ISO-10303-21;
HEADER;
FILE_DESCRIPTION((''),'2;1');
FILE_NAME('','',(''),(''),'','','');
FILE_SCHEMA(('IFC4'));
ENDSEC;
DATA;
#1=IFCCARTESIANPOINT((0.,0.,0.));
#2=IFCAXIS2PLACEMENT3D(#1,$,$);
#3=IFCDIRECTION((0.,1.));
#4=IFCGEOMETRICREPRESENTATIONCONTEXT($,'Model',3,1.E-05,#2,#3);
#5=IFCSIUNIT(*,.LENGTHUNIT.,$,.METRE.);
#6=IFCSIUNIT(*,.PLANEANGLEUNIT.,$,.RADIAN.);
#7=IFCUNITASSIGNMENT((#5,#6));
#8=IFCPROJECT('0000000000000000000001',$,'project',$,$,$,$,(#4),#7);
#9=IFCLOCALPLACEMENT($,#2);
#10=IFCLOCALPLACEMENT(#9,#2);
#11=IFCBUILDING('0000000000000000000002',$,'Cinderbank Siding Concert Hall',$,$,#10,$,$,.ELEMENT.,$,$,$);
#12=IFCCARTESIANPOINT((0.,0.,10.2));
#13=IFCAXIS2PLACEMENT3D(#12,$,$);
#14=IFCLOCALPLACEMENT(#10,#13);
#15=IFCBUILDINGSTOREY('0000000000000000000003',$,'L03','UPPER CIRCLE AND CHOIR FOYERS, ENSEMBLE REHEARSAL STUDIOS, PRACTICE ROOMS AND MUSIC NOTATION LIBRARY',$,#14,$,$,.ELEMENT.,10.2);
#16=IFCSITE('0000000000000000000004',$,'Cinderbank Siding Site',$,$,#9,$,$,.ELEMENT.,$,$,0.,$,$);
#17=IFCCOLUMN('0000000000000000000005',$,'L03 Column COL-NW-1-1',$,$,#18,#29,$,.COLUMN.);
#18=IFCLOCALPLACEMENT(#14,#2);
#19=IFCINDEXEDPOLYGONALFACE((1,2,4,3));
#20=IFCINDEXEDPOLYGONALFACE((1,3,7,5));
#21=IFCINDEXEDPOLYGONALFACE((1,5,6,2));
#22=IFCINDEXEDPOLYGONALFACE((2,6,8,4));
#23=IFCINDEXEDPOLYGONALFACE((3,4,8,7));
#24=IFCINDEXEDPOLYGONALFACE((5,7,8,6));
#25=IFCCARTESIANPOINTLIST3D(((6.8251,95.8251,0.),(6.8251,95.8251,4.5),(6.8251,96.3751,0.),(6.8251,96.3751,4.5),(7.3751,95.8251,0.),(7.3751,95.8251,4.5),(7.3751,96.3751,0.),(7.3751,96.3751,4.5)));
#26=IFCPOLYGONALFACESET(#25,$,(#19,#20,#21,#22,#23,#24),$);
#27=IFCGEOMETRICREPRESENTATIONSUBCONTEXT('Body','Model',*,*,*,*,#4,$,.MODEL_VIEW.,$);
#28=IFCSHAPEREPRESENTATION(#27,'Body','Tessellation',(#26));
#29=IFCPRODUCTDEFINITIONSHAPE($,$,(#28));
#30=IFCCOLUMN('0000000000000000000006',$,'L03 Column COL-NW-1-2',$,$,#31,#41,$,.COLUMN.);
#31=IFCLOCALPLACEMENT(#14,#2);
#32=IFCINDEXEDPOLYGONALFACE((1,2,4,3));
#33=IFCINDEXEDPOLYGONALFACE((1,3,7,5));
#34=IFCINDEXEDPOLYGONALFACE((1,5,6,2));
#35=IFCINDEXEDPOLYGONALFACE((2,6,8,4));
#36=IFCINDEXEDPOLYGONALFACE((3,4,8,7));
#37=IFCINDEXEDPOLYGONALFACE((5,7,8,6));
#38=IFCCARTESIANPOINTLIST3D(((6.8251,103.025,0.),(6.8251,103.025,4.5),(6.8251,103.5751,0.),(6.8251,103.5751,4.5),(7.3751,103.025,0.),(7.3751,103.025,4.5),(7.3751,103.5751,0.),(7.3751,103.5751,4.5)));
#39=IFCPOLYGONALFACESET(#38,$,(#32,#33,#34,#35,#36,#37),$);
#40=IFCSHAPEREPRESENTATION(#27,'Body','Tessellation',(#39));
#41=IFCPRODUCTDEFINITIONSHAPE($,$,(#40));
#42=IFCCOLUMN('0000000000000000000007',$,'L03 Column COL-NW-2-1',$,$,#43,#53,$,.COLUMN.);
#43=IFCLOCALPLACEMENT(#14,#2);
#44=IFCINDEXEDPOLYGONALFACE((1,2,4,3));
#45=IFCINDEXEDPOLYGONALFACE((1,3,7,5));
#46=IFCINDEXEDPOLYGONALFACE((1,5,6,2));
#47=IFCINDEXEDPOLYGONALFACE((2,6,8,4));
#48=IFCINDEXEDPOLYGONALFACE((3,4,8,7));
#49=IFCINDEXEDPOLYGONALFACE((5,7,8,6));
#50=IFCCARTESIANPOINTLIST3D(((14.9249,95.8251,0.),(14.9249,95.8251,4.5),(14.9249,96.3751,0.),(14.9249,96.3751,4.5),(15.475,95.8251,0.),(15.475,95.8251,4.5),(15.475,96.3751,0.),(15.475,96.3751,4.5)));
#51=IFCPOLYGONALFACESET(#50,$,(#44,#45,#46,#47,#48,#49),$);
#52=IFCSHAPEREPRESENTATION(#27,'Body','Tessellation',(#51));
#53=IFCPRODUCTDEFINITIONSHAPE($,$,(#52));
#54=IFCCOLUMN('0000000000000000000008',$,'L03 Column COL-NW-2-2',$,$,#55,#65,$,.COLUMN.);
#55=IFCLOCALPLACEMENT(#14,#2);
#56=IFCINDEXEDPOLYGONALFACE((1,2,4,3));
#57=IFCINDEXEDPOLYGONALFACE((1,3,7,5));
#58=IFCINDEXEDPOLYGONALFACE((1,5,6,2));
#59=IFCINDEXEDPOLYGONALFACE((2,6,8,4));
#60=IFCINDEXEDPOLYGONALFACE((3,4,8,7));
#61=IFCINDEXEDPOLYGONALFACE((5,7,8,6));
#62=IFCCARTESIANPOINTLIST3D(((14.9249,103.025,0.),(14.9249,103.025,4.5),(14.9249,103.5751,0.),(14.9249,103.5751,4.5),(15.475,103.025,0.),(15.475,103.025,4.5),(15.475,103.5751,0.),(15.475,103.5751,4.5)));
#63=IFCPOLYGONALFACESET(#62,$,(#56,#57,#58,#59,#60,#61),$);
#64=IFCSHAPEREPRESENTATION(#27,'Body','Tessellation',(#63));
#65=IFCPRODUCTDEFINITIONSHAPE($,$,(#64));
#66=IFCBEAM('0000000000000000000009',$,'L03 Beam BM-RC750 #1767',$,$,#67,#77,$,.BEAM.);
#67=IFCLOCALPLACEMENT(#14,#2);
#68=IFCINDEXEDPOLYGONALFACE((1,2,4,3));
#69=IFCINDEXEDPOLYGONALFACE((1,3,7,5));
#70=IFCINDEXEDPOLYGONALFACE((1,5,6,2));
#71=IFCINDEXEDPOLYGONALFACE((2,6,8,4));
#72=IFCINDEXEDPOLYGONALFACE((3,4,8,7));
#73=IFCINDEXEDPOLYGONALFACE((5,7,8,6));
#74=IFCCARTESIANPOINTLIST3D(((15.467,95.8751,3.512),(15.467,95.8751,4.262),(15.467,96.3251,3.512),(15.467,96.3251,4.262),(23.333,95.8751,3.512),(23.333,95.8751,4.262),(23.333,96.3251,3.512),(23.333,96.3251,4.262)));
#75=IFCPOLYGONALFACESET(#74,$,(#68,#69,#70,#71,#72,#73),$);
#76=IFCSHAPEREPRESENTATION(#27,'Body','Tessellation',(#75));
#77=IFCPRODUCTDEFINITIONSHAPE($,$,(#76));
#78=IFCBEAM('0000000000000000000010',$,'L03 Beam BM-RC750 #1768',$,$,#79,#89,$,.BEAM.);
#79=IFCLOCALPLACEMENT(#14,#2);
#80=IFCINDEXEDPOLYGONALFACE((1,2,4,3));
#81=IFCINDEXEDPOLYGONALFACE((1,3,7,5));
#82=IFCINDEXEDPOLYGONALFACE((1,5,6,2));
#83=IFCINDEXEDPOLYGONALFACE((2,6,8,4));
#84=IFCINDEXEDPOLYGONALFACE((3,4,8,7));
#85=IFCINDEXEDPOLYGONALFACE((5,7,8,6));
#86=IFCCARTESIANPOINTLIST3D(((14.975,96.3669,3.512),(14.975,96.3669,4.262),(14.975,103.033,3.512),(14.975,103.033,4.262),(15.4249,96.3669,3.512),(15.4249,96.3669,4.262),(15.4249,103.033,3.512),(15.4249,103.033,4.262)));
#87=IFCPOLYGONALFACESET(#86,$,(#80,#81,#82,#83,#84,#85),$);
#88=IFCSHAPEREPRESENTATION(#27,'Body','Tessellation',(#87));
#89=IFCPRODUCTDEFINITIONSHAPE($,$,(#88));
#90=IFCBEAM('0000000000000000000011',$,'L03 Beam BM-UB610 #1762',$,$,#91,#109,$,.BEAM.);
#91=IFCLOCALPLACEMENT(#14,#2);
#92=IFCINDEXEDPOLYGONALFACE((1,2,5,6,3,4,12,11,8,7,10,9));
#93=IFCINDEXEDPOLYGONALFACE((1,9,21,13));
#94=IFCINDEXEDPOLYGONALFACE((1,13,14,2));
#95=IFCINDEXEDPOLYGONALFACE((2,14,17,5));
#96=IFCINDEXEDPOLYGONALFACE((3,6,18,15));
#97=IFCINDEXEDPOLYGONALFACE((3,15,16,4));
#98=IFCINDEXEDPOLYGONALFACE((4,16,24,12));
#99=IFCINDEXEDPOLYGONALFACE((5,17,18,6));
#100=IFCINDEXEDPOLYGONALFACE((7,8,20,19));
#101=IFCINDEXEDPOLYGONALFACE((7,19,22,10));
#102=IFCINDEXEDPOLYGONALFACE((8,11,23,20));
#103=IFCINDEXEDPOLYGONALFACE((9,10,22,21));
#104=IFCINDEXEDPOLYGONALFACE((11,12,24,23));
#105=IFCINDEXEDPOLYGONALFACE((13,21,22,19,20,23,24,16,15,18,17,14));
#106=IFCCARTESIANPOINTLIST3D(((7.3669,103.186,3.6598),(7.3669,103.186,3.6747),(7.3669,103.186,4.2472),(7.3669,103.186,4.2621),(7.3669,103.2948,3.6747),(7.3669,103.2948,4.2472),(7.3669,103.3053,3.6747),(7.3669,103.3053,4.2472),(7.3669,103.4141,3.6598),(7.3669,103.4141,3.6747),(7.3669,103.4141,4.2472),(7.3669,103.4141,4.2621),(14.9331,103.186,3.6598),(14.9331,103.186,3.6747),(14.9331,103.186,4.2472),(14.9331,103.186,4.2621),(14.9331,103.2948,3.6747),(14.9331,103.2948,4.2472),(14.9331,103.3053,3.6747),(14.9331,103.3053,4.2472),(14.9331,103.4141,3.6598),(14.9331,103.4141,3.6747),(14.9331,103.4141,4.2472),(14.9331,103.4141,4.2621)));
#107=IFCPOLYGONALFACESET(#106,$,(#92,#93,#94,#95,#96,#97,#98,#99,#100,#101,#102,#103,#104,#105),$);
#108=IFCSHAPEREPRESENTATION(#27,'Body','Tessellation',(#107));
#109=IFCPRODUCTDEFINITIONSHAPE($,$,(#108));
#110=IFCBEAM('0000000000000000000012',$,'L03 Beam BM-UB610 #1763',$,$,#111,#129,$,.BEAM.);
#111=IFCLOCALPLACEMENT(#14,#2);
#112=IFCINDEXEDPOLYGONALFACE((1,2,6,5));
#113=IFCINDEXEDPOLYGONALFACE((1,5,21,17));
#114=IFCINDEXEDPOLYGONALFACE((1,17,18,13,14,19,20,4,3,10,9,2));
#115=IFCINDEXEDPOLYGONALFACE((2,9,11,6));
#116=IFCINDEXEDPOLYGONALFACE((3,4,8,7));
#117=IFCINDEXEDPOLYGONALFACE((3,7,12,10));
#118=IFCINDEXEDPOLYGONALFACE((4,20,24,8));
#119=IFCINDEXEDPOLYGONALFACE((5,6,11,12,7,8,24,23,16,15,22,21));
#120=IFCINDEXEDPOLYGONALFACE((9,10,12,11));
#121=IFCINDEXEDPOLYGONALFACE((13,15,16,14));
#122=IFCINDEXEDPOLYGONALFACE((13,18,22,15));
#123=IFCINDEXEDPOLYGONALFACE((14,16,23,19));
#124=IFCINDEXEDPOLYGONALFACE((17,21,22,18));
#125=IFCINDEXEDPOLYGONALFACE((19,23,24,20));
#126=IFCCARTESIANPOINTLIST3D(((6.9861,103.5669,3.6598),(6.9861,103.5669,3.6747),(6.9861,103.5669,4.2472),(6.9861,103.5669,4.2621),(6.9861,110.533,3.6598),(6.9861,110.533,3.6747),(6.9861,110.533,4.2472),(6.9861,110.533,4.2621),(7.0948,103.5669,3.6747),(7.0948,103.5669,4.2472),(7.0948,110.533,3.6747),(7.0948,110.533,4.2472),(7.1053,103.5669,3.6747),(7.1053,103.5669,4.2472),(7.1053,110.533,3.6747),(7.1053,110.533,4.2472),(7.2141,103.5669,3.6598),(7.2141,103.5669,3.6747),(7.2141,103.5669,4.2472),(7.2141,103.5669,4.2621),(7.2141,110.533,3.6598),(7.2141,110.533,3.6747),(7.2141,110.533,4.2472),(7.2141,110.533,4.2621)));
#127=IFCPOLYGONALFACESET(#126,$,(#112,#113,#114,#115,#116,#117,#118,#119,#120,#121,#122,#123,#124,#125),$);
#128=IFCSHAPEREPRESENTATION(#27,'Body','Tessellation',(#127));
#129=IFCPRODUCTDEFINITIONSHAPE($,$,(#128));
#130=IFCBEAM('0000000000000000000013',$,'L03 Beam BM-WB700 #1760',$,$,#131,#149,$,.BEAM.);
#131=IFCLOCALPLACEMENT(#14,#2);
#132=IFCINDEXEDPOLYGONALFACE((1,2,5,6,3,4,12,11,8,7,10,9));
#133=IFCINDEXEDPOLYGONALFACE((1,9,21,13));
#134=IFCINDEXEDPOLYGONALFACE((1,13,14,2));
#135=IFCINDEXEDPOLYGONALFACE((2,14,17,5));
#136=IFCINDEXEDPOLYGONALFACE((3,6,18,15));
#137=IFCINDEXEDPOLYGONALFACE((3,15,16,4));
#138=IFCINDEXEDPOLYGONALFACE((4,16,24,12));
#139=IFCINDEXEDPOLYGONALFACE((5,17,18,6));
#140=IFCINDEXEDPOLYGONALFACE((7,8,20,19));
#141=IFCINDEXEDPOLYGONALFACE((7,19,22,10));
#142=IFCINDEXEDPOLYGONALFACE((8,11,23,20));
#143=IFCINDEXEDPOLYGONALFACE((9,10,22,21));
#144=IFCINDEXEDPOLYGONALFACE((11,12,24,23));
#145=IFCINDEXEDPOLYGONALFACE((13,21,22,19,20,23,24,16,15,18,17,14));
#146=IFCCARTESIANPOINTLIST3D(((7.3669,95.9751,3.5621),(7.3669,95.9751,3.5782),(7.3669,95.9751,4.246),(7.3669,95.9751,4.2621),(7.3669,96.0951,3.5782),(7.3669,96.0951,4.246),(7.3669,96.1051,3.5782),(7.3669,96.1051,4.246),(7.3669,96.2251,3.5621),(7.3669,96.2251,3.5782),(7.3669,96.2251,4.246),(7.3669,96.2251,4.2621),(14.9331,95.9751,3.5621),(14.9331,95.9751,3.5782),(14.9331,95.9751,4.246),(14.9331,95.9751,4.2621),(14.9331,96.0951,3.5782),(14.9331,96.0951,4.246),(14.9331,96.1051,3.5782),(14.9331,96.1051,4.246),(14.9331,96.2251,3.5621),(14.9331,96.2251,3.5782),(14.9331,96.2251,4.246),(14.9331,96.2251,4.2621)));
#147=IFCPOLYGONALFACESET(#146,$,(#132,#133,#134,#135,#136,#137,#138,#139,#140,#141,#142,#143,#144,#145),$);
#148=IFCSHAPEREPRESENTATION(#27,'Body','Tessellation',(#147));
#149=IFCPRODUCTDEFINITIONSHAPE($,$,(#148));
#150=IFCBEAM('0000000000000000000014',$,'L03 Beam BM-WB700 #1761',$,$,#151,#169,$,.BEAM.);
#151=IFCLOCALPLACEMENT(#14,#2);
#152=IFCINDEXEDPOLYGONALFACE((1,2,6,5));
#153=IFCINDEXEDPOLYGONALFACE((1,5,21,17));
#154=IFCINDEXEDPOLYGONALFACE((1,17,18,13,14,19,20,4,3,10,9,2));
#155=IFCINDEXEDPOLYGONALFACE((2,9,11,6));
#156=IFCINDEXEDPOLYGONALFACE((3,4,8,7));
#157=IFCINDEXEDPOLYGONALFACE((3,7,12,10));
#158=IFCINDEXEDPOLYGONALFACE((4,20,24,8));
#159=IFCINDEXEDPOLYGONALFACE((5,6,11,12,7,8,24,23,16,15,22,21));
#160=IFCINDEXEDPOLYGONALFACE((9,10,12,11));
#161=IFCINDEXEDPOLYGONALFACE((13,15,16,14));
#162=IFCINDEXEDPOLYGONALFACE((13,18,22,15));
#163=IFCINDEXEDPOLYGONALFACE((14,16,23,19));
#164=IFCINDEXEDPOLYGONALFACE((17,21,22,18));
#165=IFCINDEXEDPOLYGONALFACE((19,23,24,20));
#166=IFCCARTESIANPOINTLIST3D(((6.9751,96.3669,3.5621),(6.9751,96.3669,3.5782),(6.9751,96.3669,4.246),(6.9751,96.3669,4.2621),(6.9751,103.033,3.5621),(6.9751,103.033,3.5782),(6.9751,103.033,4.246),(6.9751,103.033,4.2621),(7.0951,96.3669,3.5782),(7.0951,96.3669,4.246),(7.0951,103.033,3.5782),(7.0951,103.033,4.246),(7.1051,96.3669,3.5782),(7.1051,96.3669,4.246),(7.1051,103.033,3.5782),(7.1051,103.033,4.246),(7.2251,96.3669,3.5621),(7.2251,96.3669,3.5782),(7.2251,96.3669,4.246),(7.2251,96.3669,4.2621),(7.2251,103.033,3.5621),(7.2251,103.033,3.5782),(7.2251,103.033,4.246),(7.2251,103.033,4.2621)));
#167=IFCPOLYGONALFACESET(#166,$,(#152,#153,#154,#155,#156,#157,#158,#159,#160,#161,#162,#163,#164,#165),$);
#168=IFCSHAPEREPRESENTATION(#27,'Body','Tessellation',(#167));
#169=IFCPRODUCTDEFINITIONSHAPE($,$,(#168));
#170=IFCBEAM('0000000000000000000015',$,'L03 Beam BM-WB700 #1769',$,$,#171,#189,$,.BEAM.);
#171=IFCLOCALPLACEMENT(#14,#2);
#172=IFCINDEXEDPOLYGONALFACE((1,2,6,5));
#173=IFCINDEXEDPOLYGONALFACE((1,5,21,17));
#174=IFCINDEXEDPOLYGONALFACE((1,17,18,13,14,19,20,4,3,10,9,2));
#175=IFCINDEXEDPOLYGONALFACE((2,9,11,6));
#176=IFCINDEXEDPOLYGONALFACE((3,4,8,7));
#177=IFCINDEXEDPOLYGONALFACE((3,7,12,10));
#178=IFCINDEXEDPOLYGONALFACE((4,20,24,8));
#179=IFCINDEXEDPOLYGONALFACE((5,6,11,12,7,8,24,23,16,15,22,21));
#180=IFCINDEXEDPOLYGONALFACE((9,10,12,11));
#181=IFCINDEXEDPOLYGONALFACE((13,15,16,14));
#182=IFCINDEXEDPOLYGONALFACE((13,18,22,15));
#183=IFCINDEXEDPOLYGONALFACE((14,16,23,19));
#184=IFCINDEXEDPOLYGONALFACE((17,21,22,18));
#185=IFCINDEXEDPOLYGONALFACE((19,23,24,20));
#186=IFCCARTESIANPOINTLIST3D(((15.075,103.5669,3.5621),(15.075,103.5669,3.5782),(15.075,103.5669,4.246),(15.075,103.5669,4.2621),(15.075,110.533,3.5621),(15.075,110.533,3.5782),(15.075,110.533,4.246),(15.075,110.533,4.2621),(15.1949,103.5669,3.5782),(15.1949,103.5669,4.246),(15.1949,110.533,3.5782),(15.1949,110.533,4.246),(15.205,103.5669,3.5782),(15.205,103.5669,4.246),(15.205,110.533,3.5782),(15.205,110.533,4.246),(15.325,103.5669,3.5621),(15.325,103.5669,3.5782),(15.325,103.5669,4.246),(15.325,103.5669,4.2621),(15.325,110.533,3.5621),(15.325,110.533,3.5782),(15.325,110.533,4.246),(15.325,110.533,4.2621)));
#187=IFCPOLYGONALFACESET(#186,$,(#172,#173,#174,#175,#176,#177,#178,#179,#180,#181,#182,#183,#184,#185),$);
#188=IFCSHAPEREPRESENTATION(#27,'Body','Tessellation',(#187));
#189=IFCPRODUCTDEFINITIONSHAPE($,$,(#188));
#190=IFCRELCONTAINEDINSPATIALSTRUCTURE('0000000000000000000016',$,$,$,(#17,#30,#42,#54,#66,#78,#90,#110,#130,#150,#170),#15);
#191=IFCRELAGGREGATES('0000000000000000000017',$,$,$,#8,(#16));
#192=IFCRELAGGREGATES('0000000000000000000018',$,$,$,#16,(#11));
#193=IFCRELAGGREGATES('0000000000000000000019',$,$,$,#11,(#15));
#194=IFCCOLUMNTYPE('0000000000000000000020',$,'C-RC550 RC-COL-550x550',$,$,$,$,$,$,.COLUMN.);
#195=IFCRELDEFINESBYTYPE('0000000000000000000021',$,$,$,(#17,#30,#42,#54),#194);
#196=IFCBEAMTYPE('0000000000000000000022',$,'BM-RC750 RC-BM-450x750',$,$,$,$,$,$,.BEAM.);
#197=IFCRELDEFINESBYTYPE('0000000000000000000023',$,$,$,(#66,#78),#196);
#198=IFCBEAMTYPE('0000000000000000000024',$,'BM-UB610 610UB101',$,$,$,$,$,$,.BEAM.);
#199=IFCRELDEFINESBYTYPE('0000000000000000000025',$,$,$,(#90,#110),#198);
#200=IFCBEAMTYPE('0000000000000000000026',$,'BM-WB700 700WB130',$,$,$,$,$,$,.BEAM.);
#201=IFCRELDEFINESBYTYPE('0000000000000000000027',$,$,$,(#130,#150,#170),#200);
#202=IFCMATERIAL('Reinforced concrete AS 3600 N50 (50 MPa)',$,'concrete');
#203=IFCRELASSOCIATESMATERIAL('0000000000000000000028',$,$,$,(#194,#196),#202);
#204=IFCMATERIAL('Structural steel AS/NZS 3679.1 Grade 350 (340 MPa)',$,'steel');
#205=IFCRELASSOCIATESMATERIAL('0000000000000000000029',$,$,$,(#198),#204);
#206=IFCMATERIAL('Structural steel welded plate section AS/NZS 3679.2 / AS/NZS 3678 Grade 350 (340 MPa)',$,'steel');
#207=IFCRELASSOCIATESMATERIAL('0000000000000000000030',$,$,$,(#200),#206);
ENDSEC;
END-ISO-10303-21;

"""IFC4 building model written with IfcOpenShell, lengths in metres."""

from ifc_helpers import new_model, si_unit, direction, frame, origin, origin_2d, place, context, subcontext, project, spatial, rectangle, i_section, extrude, material, material_profile, profile_set, type_object, element, save


model = new_model("IFC4")

# Units and contexts
model_context = context("Model", 3, precision=1e-05, world=origin(), true_north=direction((0.0, 1.0)))
body_context = subcontext(model_context, "Body", "Model", "MODEL_VIEW")
ifc_project = project(units=[si_unit("LENGTHUNIT", "METRE"), si_unit("PLANEANGLEUNIT", "RADIAN")], contexts=[model_context])

# Site, building, storey
site_placement = place(None, origin())
site = spatial("IfcSite", under=ifc_project, at=site_placement, Name="Cinderbank Siding Site", CompositionType="ELEMENT", RefElevation=0.0)
building_placement = place(site_placement, origin())
building = spatial("IfcBuilding", under=site, at=building_placement, Name="Cinderbank Siding Concert Hall", CompositionType="ELEMENT")
storey_placement = place(building_placement, frame((0.0, 0.0, 10.2)))
storey = spatial("IfcBuildingStorey", under=building, at=storey_placement, Name="L03", Description="UPPER CIRCLE AND CHOIR FOYERS, ENSEMBLE REHEARSAL STUDIOS, PRACTICE ROOMS AND MUSIC NOTATION LIBRARY", CompositionType="ELEMENT", Elevation=10.2)

# Columns
ifc_material_1 = material(Name="Reinforced concrete AS 3600 N50 (50 MPa)", Category="concrete")
ifc_material_profile_1 = material_profile(ifc_material_1, rectangle(XDim=0.55, YDim=0.55, at=origin_2d()), Name="RC-COL-550x550", Category="LoadBearing")
ifc_profile_set_1 = profile_set([ifc_material_profile_1], Name="Reinforced concrete AS 3600 N50 (50 MPa)")
column_type = type_object("IfcColumnType", Name="C-RC550 RC-COL-550x550", PredefinedType="COLUMN", material=ifc_profile_set_1)
for number, where, z_axis, x_axis, name in (
    (1, (7.1001, 96.1001, 0.0), (0.0, 0.0, 1.0), (1.0, 0.0, 0.0), "L03 Column COL-NW-1-1"),
    (2, (7.1001, 103.3, 0.0), (0.0, 0.0, 1.0), (1.0, 0.0, 0.0), "L03 Column COL-NW-1-2"),
    (3, (15.2, 96.1001, 0.0), (0.0, 0.0, 1.0), (1.0, 0.0, 0.0), "L03 Column COL-NW-2-1"),
    (4, (15.2, 103.3, 0.0), (0.0, 0.0, 1.0), (1.0, 0.0, 0.0), "L03 Column COL-NW-2-2"),
):
    element("IfcColumn", number, at=place(storey_placement, frame(where, z_axis=z_axis, x_axis=x_axis)), inside=storey, type_object=column_type, Name=name, PredefinedType="COLUMN", context=body_context, shape_type="SweptSolid", body=[
        extrude(rectangle(XDim=0.55, YDim=0.55, at=origin_2d()), origin(), (0.0, 0.0, 1.0), 4.5),
    ])

# Beams
ifc_material_profile_2 = material_profile(ifc_material_1, rectangle(XDim=0.45, YDim=0.75, at=origin_2d()), Name="RC-BM-450x750", Category="LoadBearing")
ifc_profile_set_2 = profile_set([ifc_material_profile_2], Name="Reinforced concrete AS 3600 N50 (50 MPa)")
beam_type_1 = type_object("IfcBeamType", Name="BM-RC750 RC-BM-450x750", PredefinedType="BEAM", material=ifc_profile_set_2)
beam_1_placement = place(storey_placement, frame((15.467, 96.1001, 3.887), z_axis=(1.0, 0.0, 0.0), x_axis=(0.0, 1.0, 0.0)))
element("IfcBeam", 5, at=beam_1_placement, inside=storey, type_object=beam_type_1, Name="L03 Beam BM-RC750 #1767", PredefinedType="BEAM", context=body_context, shape_type="SweptSolid", body=[
    extrude(rectangle(XDim=0.45, YDim=0.75, at=origin_2d()), origin(), (0.0, 0.0, 1.0), 7.866),
])
beam_2_placement = place(storey_placement, frame((15.2, 96.3669, 3.887), z_axis=(0.0, 1.0, 0.0), x_axis=(-1.0, 0.0, 0.0)))
element("IfcBeam", 6, at=beam_2_placement, inside=storey, type_object=beam_type_1, Name="L03 Beam BM-RC750 #1768", PredefinedType="BEAM", context=body_context, shape_type="SweptSolid", body=[
    extrude(rectangle(XDim=0.45, YDim=0.75, at=origin_2d()), origin(), (0.0, 0.0, 1.0), 6.666),
])
ifc_material_2 = material(Name="Structural steel AS/NZS 3679.1 Grade 350 (340 MPa)", Category="steel")
ifc_material_profile_3 = material_profile(ifc_material_2, i_section(OverallWidth=0.228, OverallDepth=0.6023, WebThickness=0.0105, FlangeThickness=0.0149, at=origin_2d()), Name="610UB101", Category="LoadBearing")
ifc_profile_set_3 = profile_set([ifc_material_profile_3], Name="Structural steel AS/NZS 3679.1 Grade 350 (340 MPa)")
beam_type_2 = type_object("IfcBeamType", Name="BM-UB610 610UB101", PredefinedType="BEAM", material=ifc_profile_set_3)
beam_3_placement = place(storey_placement, frame((7.3669, 103.3, 3.9609), z_axis=(1.0, 0.0, 0.0), x_axis=(0.0, 1.0, 0.0)))
element("IfcBeam", 7, at=beam_3_placement, inside=storey, type_object=beam_type_2, Name="L03 Beam BM-UB610 #1762", PredefinedType="BEAM", context=body_context, shape_type="SweptSolid", body=[
    extrude(i_section(OverallWidth=0.228, OverallDepth=0.6023, WebThickness=0.0105, FlangeThickness=0.0149, at=origin_2d()), origin(), (0.0, 0.0, 1.0), 7.5662),
])
beam_4_placement = place(storey_placement, frame((7.1001, 103.5669, 3.9609), z_axis=(0.0, 1.0, 0.0), x_axis=(-1.0, 0.0, 0.0)))
element("IfcBeam", 8, at=beam_4_placement, inside=storey, type_object=beam_type_2, Name="L03 Beam BM-UB610 #1763", PredefinedType="BEAM", context=body_context, shape_type="SweptSolid", body=[
    extrude(i_section(OverallWidth=0.228, OverallDepth=0.6023, WebThickness=0.0105, FlangeThickness=0.0149, at=origin_2d()), origin(), (0.0, 0.0, 1.0), 6.9661),
])
ifc_material_3 = material(Name="Structural steel welded plate section AS/NZS 3679.2 / AS/NZS 3678 Grade 350 (340 MPa)", Category="steel")
ifc_material_profile_4 = material_profile(ifc_material_3, i_section(OverallWidth=0.25, OverallDepth=0.7, WebThickness=0.01, FlangeThickness=0.0161, at=origin_2d()), Name="700WB130", Category="LoadBearing")
ifc_profile_set_4 = profile_set([ifc_material_profile_4], Name="Structural steel welded plate section AS/NZS 3679.2 / AS/NZS 3678 Grade 350 (340 MPa)")
beam_type_3 = type_object("IfcBeamType", Name="BM-WB700 700WB130", PredefinedType="BEAM", material=ifc_profile_set_4)
beam_5_placement = place(storey_placement, frame((7.3669, 96.1001, 3.9121), z_axis=(1.0, 0.0, 0.0), x_axis=(0.0, 1.0, 0.0)))
element("IfcBeam", 9, at=beam_5_placement, inside=storey, type_object=beam_type_3, Name="L03 Beam BM-WB700 #1760", PredefinedType="BEAM", context=body_context, shape_type="SweptSolid", body=[
    extrude(i_section(OverallWidth=0.25, OverallDepth=0.7, WebThickness=0.01, FlangeThickness=0.0161, at=origin_2d()), origin(), (0.0, 0.0, 1.0), 7.5662),
])
beam_6_placement = place(storey_placement, frame((7.1001, 96.3669, 3.9121), z_axis=(0.0, 1.0, 0.0), x_axis=(-1.0, 0.0, 0.0)))
element("IfcBeam", 10, at=beam_6_placement, inside=storey, type_object=beam_type_3, Name="L03 Beam BM-WB700 #1761", PredefinedType="BEAM", context=body_context, shape_type="SweptSolid", body=[
    extrude(i_section(OverallWidth=0.25, OverallDepth=0.7, WebThickness=0.01, FlangeThickness=0.0161, at=origin_2d()), origin(), (0.0, 0.0, 1.0), 6.666),
])
beam_7_placement = place(storey_placement, frame((15.2, 103.5669, 3.9121), z_axis=(0.0, 1.0, 0.0), x_axis=(-1.0, 0.0, 0.0)))
element("IfcBeam", 11, at=beam_7_placement, inside=storey, type_object=beam_type_3, Name="L03 Beam BM-WB700 #1769", PredefinedType="BEAM", context=body_context, shape_type="SweptSolid", body=[
    extrude(i_section(OverallWidth=0.25, OverallDepth=0.7, WebThickness=0.01, FlangeThickness=0.0161, at=origin_2d()), origin(), (0.0, 0.0, 1.0), 6.9661),
])

save(model, "model.ifc")
